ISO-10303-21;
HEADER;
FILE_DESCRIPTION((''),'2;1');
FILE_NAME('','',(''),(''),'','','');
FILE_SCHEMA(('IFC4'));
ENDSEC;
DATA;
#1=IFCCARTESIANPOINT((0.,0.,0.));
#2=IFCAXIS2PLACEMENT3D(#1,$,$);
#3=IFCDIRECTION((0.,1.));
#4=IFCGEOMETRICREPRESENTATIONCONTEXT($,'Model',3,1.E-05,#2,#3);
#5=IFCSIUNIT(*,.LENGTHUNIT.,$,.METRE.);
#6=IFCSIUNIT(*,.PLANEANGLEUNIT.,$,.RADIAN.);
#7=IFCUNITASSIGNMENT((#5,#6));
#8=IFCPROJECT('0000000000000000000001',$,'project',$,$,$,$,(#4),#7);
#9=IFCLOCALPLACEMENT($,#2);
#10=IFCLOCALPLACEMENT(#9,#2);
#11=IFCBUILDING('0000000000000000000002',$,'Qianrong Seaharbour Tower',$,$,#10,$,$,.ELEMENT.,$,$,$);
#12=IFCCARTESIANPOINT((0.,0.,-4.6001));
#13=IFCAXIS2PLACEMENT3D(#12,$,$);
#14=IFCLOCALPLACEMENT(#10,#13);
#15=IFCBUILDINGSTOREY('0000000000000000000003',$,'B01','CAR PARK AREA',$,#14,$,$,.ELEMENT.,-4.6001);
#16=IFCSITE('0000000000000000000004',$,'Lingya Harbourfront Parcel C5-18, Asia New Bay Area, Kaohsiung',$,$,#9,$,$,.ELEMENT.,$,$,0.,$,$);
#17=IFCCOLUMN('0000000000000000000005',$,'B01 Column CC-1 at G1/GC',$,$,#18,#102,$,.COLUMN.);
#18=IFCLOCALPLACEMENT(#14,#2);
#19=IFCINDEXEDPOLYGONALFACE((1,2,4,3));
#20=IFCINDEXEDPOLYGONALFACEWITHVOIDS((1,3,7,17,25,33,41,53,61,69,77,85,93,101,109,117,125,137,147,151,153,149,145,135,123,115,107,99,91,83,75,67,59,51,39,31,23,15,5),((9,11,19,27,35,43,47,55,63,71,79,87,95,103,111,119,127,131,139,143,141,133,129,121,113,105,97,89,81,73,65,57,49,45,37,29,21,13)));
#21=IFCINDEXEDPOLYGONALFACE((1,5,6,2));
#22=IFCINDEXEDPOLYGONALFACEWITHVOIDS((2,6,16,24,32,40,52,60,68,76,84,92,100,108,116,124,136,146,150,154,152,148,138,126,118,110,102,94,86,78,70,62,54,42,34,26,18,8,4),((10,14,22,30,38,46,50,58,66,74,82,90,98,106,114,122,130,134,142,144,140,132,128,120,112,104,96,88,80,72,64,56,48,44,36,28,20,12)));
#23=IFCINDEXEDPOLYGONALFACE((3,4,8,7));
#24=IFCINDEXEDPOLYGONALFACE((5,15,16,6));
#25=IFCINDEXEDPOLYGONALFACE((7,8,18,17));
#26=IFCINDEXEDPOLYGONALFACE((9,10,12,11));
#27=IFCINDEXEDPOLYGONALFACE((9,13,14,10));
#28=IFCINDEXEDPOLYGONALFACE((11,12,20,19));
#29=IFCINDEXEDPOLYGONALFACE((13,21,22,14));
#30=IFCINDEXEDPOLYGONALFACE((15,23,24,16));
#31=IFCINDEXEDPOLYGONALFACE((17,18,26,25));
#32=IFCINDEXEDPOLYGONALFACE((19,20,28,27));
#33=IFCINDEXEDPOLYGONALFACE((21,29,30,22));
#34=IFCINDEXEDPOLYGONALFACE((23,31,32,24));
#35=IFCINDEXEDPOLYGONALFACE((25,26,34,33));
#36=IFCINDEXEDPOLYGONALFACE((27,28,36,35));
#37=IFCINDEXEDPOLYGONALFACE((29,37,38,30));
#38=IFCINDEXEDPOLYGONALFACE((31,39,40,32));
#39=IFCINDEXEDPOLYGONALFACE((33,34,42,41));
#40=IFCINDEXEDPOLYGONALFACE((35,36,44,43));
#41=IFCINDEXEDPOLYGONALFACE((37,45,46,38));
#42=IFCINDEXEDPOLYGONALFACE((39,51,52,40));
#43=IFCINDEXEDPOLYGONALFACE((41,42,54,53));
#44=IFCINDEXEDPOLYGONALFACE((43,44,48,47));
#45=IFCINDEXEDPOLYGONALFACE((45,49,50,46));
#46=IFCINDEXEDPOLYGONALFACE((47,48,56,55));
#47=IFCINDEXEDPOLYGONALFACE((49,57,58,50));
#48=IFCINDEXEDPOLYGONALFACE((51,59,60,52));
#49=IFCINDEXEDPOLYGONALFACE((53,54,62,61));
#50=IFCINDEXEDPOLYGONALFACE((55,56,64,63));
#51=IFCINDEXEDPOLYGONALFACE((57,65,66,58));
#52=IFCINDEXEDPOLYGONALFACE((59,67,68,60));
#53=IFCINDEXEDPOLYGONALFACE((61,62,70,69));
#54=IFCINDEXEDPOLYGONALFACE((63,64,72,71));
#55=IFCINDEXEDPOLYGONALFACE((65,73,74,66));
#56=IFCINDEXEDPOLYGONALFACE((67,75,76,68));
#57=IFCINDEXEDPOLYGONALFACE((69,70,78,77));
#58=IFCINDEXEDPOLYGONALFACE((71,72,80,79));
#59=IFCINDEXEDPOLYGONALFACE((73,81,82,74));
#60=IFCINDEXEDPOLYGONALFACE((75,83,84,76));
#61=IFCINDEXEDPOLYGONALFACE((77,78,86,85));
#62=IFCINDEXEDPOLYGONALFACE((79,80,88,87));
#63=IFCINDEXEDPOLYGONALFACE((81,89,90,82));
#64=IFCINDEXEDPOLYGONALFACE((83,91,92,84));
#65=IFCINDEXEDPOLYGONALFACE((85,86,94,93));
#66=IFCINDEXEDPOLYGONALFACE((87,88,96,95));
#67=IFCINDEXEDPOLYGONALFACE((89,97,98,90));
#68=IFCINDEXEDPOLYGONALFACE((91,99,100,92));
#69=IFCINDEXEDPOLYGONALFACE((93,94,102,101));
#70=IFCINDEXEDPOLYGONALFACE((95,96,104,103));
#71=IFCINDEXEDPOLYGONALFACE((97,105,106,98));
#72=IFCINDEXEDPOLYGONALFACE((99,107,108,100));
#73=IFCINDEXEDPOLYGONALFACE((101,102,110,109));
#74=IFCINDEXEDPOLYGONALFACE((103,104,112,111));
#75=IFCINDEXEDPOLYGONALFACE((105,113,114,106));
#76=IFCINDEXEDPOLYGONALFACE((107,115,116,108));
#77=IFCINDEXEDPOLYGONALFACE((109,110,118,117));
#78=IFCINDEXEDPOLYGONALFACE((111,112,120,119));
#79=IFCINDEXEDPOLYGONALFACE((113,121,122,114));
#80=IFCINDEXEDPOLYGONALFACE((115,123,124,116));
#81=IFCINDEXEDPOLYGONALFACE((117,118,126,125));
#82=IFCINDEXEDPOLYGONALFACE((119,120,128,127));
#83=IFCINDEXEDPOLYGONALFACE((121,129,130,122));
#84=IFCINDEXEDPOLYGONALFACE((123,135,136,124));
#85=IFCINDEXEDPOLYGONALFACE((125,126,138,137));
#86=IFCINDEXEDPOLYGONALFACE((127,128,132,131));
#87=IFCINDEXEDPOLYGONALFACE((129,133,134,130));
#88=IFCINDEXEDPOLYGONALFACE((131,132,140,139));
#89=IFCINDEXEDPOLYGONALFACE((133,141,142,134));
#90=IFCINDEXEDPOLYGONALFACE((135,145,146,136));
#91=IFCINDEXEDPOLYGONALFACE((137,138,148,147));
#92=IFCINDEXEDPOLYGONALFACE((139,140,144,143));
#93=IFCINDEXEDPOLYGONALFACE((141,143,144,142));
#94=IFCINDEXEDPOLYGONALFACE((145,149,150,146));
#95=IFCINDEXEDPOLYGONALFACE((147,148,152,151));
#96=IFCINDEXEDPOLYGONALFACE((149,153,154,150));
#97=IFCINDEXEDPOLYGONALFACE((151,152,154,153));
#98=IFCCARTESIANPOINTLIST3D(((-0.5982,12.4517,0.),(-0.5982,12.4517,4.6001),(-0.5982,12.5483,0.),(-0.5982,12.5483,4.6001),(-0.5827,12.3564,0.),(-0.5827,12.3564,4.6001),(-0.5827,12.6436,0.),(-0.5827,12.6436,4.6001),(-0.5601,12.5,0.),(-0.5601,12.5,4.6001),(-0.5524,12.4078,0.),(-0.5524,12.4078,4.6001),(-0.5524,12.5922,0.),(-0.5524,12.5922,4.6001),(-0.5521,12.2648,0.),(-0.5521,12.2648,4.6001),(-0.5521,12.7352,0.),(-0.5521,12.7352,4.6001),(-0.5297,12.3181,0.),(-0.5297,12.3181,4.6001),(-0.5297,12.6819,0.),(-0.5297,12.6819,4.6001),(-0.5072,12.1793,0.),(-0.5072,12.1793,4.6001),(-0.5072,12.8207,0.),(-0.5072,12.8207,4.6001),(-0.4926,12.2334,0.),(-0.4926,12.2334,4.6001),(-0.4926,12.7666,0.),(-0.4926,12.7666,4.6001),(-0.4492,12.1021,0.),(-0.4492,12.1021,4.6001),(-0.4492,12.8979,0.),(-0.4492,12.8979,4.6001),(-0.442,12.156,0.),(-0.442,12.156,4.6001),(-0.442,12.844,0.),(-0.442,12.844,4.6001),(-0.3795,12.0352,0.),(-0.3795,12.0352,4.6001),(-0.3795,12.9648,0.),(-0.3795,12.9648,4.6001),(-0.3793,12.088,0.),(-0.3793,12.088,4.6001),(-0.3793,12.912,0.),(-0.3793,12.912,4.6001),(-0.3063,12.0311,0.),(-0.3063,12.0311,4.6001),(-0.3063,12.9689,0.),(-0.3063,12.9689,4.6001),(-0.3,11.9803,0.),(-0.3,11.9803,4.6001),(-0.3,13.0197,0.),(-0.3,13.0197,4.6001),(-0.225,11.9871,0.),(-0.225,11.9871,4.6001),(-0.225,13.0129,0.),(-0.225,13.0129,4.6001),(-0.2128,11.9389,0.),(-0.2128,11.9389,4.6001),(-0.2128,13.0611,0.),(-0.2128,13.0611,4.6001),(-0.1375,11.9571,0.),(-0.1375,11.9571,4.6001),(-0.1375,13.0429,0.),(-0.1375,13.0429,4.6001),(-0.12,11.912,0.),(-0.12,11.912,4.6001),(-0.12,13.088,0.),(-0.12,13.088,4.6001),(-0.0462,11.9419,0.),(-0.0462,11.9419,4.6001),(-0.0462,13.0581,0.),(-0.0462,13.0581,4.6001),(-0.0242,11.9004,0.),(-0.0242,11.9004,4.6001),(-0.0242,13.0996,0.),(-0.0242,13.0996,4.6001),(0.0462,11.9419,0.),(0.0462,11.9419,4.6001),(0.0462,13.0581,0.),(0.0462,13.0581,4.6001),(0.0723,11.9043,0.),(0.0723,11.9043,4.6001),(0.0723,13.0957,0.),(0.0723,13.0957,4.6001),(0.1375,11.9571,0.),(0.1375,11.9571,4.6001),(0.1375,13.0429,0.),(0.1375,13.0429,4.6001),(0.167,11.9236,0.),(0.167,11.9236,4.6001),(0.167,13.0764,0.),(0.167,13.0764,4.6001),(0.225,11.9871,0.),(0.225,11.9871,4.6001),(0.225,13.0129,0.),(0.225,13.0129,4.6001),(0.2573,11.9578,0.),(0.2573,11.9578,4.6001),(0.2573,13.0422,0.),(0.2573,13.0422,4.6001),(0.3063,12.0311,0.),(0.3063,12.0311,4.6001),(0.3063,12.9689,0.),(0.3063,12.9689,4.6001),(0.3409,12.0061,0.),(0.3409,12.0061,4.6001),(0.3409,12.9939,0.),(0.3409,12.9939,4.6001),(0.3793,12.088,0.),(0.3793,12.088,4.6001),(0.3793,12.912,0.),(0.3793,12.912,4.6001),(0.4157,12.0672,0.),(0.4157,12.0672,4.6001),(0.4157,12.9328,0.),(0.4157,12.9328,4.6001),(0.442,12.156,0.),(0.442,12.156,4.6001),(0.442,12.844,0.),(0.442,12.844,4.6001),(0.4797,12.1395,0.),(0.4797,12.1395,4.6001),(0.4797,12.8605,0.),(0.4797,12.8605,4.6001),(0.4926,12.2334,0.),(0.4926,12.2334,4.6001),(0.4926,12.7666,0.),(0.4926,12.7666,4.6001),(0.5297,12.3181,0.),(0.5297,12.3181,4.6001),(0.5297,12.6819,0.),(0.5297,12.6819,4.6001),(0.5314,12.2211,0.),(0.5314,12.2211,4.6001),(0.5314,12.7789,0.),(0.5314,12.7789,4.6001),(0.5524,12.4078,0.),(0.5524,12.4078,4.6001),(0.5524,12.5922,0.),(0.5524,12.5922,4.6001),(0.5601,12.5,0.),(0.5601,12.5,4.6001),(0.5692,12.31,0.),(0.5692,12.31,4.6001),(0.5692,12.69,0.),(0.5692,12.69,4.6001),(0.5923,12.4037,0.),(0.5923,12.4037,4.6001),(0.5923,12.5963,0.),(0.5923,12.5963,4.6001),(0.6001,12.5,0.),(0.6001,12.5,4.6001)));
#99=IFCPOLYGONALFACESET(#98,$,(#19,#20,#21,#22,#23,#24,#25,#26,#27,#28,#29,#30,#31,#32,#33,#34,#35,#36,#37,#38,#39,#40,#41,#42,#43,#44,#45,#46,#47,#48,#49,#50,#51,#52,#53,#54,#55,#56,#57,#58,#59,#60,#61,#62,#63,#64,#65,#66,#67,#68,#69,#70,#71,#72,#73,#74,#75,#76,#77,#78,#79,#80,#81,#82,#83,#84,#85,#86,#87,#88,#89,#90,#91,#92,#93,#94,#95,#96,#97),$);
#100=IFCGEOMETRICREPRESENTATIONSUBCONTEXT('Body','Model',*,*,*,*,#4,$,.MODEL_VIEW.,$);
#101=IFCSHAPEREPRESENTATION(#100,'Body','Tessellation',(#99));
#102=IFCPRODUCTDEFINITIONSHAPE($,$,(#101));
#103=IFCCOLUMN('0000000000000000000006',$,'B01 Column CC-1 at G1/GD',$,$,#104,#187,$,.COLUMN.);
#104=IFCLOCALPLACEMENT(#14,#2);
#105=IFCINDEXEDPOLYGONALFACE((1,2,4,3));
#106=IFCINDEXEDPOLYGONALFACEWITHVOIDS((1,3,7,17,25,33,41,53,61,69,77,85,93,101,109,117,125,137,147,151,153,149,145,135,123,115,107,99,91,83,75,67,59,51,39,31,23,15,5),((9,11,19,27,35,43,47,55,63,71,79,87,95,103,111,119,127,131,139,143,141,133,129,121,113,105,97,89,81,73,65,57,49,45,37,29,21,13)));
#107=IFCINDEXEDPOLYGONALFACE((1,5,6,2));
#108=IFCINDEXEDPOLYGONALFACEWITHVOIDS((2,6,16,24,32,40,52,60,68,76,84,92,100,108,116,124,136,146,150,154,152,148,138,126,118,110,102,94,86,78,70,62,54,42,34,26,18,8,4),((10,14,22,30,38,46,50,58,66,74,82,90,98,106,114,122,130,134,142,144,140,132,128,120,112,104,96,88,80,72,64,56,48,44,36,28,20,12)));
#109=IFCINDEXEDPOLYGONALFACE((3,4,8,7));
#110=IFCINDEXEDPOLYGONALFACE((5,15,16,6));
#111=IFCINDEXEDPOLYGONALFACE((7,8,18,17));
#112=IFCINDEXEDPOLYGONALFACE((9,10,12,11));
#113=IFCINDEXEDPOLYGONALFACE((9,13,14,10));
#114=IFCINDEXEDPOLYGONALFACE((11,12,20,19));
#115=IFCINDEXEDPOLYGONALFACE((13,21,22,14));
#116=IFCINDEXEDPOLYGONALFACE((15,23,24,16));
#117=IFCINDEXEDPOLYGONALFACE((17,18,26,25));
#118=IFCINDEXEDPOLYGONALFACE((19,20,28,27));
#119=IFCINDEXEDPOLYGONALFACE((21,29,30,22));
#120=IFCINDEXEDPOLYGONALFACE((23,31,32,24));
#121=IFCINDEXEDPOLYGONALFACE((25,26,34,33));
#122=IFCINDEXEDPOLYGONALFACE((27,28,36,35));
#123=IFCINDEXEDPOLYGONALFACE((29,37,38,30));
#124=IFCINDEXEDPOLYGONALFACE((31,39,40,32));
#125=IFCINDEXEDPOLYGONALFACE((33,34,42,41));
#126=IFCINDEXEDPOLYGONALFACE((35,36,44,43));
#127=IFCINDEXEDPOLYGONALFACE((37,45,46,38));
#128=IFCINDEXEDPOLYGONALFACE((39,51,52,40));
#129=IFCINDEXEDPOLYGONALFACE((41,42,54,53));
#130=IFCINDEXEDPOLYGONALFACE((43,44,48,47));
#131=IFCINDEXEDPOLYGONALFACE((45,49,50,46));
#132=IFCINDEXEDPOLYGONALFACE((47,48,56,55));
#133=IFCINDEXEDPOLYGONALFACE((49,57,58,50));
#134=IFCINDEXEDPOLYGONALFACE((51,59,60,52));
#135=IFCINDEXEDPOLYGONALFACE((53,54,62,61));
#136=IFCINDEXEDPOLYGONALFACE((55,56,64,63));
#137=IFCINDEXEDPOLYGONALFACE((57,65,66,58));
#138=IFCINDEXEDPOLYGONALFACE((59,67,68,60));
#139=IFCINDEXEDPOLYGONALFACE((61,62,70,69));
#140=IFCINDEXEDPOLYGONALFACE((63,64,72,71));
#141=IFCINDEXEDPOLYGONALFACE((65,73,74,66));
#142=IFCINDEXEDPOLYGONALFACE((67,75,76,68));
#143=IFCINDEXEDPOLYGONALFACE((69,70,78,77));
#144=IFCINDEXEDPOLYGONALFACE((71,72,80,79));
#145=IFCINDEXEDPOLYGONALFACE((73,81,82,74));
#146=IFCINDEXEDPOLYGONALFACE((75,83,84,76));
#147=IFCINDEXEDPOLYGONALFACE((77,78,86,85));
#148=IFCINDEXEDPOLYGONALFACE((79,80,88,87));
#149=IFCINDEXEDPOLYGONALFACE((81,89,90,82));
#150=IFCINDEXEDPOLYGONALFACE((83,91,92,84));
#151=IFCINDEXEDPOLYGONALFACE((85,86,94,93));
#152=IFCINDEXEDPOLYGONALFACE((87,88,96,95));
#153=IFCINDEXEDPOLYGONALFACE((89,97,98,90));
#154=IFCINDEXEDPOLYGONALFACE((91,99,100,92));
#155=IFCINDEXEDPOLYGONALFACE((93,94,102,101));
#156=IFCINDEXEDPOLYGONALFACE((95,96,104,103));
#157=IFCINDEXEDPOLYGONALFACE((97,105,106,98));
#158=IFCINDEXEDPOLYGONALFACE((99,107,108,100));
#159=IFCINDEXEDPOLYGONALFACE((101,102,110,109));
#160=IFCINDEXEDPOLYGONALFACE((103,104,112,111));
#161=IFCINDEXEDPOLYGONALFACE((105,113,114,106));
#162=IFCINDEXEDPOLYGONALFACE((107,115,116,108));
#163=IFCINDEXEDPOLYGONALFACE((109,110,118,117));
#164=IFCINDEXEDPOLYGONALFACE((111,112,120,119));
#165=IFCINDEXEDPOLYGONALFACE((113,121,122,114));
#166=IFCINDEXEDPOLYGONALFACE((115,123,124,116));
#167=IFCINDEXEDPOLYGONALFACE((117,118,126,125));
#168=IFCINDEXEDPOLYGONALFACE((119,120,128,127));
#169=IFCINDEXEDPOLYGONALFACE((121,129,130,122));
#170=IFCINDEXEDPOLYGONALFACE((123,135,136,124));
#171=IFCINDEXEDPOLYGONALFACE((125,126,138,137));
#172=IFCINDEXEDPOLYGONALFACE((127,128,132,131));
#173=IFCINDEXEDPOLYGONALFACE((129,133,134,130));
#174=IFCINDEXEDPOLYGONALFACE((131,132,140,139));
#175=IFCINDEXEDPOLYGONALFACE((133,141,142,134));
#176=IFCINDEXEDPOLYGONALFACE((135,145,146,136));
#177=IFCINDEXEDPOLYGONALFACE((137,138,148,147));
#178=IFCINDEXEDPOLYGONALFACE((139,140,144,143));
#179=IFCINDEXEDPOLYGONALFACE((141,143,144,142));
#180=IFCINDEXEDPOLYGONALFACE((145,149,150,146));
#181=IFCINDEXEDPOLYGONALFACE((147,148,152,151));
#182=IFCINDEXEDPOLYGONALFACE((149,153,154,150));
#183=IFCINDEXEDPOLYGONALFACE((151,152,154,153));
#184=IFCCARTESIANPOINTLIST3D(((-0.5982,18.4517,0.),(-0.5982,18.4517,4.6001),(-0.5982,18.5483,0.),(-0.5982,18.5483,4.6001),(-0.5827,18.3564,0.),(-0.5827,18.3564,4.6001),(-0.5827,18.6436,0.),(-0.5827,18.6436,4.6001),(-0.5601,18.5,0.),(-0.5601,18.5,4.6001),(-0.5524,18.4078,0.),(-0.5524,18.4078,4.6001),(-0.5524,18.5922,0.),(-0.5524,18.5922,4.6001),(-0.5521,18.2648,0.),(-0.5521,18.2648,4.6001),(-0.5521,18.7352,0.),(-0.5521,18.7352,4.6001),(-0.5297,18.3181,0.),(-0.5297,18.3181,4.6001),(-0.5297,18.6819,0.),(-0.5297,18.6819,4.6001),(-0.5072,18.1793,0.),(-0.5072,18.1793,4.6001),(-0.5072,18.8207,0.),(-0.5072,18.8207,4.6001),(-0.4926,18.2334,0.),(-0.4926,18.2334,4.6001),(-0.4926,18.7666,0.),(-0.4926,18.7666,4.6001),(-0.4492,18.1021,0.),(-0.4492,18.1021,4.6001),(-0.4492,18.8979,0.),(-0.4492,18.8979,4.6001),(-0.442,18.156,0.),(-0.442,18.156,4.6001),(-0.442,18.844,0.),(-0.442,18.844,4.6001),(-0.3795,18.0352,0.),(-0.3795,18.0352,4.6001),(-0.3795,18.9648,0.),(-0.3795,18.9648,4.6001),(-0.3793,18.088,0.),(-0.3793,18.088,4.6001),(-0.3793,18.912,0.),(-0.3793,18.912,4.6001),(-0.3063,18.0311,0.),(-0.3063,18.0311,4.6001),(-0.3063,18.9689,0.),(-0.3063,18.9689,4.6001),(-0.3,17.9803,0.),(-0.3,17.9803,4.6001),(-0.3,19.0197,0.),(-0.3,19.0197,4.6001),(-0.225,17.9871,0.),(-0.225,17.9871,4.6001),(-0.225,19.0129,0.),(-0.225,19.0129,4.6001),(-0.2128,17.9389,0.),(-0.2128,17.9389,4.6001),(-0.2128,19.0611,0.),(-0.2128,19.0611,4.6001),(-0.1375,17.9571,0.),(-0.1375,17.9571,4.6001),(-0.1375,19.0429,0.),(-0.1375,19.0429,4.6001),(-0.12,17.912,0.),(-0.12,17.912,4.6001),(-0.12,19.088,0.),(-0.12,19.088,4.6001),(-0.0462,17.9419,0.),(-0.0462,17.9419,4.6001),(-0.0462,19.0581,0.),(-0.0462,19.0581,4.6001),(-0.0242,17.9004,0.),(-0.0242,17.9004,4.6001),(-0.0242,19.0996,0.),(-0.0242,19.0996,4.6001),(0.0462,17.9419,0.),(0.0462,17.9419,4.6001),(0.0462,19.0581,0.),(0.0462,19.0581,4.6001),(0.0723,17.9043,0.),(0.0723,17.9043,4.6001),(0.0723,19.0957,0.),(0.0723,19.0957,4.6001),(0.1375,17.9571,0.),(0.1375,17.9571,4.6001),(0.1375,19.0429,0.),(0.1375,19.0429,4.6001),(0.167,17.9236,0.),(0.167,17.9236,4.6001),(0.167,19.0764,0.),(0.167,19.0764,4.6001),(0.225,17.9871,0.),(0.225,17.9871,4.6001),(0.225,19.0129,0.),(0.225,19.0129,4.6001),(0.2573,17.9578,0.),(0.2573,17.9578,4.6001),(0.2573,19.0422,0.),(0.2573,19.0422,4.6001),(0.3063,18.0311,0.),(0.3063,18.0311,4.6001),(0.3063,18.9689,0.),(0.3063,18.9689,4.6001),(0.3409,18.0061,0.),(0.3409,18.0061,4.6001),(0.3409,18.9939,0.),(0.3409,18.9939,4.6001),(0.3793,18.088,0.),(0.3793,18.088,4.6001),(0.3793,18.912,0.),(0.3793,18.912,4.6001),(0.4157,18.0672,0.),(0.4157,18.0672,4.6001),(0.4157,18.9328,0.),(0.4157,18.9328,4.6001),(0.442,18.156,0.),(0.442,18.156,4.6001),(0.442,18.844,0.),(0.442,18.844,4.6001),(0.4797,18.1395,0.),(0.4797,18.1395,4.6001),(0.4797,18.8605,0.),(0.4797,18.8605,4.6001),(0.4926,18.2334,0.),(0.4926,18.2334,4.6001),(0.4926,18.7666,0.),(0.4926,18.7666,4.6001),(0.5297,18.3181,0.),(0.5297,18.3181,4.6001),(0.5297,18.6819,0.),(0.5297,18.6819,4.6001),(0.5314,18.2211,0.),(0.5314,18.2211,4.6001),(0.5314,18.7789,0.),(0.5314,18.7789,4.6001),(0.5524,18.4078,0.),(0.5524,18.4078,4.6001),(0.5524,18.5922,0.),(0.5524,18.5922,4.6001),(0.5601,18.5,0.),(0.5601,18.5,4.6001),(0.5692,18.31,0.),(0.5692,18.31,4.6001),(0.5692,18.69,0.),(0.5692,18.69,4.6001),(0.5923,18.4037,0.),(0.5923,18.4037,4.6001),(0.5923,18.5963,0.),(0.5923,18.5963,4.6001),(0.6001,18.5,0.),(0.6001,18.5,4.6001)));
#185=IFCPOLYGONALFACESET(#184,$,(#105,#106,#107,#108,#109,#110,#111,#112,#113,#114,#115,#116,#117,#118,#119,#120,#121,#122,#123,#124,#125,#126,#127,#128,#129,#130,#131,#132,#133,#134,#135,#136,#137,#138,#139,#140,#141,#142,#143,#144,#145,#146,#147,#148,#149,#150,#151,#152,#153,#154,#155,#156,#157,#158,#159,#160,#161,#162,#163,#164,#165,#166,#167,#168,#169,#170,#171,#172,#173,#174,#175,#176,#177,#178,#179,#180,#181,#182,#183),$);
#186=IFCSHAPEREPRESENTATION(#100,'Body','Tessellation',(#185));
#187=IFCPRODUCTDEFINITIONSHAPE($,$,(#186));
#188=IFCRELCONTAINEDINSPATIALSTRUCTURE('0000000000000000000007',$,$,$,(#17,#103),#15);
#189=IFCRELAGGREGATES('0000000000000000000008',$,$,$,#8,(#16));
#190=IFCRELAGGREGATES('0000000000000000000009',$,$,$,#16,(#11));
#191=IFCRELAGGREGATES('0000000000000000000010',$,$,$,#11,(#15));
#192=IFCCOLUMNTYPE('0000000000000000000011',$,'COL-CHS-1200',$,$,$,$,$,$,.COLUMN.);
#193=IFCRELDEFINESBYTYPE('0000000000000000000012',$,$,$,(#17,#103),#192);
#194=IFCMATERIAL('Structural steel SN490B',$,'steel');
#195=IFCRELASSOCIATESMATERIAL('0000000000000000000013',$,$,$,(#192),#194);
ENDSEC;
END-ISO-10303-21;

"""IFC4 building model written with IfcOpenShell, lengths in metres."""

from ifc_helpers import new_model, si_unit, direction, frame, origin, origin_2d, place, context, subcontext, project, spatial, hollow_circle, extrude, material, material_profile, profile_set, type_object, element, save


model = new_model("IFC4")

# Units and contexts
model_context = context("Model", 3, precision=1e-05, world=origin(), true_north=direction((0.0, 1.0)))
body_context = subcontext(model_context, "Body", "Model", "MODEL_VIEW")
ifc_project = project(units=[si_unit("LENGTHUNIT", "METRE"), si_unit("PLANEANGLEUNIT", "RADIAN")], contexts=[model_context])

# Site, building, storey
site_placement = place(None, origin())
site = spatial("IfcSite", under=ifc_project, at=site_placement, Name="Lingya Harbourfront Parcel C5-18, Asia New Bay Area, Kaohsiung", CompositionType="ELEMENT", RefElevation=0.0)
building_placement = place(site_placement, origin())
building = spatial("IfcBuilding", under=site, at=building_placement, Name="Qianrong Seaharbour Tower", CompositionType="ELEMENT")
storey_placement = place(building_placement, frame((0.0, 0.0, -4.6001)))
storey = spatial("IfcBuildingStorey", under=building, at=storey_placement, Name="B01", Description="CAR PARK AREA", CompositionType="ELEMENT", Elevation=-4.6001)

# Columns
ifc_material_1 = material(Name="Structural steel SN490B", Category="steel")
ifc_material_profile_1 = material_profile(ifc_material_1, hollow_circle(Radius=0.6001, WallThickness=0.04, at=origin_2d()), Name="CHS1200x40")
ifc_profile_set_1 = profile_set([ifc_material_profile_1], Name="Structural steel SN490B")
column_type_1 = type_object("IfcColumnType", Name="COL-CHS-1200", PredefinedType="COLUMN", material=ifc_profile_set_1)
for number, where, z_axis, x_axis, name in (
    (1, (0.0, 12.5, 0.0), (0.0, 0.0, 1.0), (1.0, 0.0, 0.0), "B01 Column CC-1 at G1/GC"),
    (2, (0.0, 18.5, 0.0), (0.0, 0.0, 1.0), (1.0, 0.0, 0.0), "B01 Column CC-1 at G1/GD"),
):
    element("IfcColumn", number, at=place(storey_placement, frame(where, z_axis=z_axis, x_axis=x_axis)), inside=storey, type_object=column_type_1, Name=name, PredefinedType="COLUMN", context=body_context, shape_type="SweptSolid", body=[
        extrude(hollow_circle(Radius=0.6001, WallThickness=0.04, at=origin_2d()), origin(), (0.0, 0.0, 1.0), 4.6001),
    ])

save(model, "model.ifc")
